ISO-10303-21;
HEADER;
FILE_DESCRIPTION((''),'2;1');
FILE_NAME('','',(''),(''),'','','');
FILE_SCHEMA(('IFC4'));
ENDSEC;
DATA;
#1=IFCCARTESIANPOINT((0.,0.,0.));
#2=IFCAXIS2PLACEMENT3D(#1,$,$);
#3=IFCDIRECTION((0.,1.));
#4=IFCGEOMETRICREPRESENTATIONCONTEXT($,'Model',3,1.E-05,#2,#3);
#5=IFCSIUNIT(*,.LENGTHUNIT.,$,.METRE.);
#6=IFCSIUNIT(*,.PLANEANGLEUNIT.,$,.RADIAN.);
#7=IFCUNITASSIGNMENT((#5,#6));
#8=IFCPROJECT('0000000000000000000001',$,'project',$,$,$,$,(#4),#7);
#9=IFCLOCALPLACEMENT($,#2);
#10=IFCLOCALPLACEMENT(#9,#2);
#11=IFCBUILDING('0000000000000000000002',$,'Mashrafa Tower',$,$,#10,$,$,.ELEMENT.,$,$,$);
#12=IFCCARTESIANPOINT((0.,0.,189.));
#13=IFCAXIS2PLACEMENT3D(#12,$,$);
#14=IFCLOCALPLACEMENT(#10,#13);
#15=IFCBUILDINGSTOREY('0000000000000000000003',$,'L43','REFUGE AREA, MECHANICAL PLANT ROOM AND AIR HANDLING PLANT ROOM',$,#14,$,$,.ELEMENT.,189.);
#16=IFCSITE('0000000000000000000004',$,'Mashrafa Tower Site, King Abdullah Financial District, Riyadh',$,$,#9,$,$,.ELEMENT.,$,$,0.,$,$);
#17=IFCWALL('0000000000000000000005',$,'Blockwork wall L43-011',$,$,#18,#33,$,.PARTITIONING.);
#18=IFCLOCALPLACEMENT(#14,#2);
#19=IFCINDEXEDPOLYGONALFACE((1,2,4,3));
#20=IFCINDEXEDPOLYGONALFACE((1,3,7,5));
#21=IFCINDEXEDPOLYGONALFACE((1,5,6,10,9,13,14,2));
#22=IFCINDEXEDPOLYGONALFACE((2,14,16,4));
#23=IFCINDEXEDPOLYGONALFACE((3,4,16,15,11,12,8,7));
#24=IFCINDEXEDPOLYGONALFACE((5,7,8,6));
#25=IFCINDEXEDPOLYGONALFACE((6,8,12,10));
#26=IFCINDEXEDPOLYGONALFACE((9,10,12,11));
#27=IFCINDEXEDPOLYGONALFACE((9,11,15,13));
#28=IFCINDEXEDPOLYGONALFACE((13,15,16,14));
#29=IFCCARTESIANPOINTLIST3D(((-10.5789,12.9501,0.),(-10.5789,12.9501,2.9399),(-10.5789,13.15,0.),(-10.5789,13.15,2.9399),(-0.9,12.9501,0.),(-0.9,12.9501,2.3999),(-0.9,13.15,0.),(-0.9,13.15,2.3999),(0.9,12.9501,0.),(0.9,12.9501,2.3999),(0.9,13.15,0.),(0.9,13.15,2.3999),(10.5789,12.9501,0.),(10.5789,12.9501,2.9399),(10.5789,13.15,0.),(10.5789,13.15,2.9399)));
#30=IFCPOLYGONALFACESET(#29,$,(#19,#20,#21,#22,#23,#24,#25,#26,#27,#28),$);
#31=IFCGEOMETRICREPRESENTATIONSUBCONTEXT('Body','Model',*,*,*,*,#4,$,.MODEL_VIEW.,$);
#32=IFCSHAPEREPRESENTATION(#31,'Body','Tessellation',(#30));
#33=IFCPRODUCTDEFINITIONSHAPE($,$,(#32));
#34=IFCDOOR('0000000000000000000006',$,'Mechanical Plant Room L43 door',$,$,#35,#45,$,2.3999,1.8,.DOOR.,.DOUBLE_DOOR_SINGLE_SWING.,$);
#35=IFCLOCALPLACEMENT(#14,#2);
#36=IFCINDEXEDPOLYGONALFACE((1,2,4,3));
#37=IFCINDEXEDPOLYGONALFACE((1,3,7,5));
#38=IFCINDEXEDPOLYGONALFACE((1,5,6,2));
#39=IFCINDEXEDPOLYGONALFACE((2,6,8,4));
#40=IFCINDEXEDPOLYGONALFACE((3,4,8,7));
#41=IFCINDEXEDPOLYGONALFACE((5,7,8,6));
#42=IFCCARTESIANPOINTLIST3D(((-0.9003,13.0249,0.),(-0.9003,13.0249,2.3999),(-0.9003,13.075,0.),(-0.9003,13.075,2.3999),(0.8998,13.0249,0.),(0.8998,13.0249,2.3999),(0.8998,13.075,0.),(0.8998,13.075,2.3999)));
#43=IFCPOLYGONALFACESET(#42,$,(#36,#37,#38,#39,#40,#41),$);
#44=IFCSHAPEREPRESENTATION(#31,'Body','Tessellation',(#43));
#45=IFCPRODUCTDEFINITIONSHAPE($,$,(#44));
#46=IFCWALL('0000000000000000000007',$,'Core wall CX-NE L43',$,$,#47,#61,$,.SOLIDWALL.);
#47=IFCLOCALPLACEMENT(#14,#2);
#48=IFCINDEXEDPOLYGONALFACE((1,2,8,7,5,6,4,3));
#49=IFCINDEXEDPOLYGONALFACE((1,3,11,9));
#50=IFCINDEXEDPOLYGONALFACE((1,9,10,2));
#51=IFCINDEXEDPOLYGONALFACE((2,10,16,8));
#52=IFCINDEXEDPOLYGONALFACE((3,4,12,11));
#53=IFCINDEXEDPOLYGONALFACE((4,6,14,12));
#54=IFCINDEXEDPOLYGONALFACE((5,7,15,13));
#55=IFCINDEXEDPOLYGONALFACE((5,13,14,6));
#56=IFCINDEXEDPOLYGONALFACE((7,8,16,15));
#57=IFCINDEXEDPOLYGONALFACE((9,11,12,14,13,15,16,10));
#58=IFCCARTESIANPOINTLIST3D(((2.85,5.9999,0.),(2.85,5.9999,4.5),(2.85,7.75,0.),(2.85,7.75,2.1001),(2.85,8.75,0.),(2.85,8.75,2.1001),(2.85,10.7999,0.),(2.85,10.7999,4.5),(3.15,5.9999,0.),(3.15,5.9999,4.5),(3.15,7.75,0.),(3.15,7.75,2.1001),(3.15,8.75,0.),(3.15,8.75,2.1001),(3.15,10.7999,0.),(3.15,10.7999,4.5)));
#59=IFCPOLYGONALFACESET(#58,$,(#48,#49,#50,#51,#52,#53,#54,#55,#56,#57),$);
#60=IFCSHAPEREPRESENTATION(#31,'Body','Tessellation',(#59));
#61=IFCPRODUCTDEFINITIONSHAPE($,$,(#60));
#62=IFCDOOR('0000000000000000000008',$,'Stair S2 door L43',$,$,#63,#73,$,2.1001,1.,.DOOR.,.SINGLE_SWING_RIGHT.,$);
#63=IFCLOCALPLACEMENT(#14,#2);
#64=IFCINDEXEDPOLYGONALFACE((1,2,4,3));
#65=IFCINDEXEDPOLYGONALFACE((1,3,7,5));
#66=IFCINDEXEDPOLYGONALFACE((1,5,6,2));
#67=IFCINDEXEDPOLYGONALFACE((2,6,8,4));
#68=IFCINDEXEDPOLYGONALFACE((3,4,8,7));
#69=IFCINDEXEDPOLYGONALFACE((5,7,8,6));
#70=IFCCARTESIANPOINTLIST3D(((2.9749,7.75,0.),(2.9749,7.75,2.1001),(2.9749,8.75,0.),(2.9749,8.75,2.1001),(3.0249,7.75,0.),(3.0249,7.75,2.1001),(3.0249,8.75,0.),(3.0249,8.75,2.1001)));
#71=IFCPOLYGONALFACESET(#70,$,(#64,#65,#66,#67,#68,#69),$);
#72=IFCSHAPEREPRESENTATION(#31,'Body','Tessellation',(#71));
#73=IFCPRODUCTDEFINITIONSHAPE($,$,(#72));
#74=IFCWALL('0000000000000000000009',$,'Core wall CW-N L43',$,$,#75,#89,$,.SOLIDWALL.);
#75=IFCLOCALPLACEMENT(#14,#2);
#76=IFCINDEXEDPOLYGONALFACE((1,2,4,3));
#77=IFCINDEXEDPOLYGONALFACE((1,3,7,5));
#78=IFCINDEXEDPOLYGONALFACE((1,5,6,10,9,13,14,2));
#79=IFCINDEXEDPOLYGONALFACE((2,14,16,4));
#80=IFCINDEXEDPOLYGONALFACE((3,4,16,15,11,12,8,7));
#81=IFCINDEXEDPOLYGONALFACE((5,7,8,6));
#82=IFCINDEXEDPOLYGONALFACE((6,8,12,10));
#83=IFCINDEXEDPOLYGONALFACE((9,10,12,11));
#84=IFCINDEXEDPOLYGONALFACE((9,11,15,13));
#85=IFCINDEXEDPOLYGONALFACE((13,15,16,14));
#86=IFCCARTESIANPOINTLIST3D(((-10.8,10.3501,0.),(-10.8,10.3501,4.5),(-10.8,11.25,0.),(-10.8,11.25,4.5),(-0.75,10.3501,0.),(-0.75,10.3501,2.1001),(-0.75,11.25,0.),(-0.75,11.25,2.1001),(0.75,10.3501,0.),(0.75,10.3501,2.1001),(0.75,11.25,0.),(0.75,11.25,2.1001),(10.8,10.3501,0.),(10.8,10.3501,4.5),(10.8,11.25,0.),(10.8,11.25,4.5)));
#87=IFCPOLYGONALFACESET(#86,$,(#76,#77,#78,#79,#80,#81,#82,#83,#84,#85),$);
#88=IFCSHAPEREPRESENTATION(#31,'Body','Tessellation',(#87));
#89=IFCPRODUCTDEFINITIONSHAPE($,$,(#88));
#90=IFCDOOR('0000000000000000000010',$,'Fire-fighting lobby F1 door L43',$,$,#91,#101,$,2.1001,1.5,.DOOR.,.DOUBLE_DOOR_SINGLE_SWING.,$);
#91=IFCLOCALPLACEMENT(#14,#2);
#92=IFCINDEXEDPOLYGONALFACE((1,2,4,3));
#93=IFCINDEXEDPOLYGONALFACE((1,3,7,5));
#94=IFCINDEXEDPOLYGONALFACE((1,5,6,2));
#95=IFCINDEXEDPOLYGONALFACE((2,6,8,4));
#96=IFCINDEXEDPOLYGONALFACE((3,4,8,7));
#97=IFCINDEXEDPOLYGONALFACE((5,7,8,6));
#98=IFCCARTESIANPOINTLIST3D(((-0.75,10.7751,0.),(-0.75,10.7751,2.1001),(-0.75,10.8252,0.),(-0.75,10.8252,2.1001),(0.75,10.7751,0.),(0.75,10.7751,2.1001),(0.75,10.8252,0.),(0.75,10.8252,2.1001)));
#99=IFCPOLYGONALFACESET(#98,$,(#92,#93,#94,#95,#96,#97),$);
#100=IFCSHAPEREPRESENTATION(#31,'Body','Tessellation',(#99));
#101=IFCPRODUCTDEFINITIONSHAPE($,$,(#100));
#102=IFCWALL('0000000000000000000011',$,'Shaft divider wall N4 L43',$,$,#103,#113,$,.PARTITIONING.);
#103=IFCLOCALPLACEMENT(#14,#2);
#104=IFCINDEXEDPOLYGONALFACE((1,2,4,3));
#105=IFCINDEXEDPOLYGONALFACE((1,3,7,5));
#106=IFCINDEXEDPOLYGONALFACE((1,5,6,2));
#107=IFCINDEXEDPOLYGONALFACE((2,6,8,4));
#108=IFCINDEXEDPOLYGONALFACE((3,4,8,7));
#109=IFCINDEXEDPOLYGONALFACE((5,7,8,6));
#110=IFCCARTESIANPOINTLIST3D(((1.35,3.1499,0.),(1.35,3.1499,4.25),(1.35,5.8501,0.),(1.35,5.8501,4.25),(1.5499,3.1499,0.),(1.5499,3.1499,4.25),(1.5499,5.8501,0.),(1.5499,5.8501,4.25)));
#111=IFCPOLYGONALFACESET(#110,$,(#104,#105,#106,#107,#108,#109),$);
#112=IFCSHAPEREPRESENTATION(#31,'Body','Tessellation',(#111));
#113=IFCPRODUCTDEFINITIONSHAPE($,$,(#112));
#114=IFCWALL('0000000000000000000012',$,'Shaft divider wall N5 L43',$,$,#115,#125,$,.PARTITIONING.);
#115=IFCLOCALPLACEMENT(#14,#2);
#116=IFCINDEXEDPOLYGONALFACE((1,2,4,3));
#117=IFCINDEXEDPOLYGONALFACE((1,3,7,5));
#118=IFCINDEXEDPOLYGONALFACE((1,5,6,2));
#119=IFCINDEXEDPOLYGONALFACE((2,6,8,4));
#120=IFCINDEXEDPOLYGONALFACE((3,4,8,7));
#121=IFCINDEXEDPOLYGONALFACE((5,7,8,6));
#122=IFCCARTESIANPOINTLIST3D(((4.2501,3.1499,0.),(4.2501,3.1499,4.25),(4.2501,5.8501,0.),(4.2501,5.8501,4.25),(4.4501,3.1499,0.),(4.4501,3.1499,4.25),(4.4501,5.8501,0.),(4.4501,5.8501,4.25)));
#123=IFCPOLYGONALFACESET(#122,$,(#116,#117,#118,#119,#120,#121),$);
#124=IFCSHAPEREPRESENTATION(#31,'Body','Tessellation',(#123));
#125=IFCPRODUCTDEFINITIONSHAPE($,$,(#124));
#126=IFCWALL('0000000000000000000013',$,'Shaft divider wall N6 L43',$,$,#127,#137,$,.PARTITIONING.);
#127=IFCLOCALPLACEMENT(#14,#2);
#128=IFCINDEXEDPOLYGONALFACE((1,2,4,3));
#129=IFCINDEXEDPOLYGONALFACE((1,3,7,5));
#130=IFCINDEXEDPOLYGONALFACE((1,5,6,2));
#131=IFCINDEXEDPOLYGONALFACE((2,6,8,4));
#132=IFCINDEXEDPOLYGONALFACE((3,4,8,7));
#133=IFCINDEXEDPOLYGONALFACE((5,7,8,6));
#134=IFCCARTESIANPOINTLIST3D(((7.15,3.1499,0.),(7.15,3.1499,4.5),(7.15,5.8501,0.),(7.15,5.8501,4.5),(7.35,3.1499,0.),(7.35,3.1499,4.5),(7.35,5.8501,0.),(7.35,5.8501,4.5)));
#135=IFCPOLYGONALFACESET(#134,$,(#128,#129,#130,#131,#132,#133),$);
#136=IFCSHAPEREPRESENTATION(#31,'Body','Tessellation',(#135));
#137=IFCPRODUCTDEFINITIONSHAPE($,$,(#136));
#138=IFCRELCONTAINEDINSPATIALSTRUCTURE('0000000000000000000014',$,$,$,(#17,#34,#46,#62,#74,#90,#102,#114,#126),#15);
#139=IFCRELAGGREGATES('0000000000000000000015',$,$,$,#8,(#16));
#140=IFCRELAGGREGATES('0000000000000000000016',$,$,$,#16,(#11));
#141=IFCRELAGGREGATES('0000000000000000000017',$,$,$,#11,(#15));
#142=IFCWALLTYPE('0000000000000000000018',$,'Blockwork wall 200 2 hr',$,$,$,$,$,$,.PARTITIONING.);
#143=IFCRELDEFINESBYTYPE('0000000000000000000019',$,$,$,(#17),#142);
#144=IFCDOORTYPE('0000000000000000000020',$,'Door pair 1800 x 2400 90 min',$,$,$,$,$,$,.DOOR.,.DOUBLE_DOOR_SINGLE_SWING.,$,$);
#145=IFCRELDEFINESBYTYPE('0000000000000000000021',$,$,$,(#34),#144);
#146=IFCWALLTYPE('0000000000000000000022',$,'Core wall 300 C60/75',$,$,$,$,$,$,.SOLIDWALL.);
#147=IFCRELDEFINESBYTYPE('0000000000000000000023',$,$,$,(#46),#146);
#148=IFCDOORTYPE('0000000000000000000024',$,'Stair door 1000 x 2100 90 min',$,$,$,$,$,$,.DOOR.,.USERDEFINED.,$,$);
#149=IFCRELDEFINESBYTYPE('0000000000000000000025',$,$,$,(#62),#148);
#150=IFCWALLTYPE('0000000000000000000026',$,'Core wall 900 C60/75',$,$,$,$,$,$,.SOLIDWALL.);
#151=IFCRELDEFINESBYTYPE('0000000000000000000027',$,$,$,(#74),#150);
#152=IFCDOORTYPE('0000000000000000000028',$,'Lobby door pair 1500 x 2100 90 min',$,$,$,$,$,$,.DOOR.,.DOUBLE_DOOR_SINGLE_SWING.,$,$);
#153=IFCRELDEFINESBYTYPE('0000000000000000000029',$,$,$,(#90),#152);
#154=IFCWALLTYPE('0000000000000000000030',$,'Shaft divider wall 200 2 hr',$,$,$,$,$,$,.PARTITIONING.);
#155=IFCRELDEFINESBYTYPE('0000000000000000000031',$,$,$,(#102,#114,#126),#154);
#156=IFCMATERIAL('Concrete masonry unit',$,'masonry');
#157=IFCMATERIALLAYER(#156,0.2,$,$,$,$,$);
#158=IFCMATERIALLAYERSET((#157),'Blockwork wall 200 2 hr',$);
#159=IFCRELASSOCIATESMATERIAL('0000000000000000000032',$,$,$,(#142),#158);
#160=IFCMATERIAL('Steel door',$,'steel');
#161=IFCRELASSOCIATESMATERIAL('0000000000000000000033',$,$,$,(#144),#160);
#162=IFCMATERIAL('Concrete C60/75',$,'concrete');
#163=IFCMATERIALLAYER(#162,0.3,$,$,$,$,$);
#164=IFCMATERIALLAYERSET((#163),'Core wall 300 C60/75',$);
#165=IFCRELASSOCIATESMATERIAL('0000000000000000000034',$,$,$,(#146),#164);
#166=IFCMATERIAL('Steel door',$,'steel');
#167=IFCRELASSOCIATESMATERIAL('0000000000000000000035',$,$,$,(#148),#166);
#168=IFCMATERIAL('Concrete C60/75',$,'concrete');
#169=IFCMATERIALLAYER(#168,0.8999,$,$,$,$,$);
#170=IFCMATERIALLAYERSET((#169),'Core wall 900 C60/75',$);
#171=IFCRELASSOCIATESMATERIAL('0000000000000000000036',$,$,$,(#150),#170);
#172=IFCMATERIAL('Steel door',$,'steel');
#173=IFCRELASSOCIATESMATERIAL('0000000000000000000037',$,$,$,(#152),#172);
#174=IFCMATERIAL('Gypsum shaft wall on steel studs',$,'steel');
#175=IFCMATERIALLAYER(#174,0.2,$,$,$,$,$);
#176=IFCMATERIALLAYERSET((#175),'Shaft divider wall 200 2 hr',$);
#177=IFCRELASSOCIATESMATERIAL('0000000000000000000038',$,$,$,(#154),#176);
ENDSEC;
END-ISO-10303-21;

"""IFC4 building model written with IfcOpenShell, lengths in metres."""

from ifc_helpers import new_model, si_unit, direction, frame, frame_2d, origin, place, context, subcontext, project, spatial, rectangle, extrude, material, layer, layer_set, type_object, element, fill, save


model = new_model("IFC4")

# Units and contexts
model_context = context("Model", 3, precision=1e-05, world=origin(), true_north=direction((0.0, 1.0)))
body_context = subcontext(model_context, "Body", "Model", "MODEL_VIEW")
ifc_project = project(units=[si_unit("LENGTHUNIT", "METRE"), si_unit("PLANEANGLEUNIT", "RADIAN")], contexts=[model_context])

# Site, building, storey
site_placement = place(None, origin())
site = spatial("IfcSite", under=ifc_project, at=site_placement, Name="Mashrafa Tower Site, King Abdullah Financial District, Riyadh", CompositionType="ELEMENT", RefElevation=0.0)
building_placement = place(site_placement, origin())
building = spatial("IfcBuilding", under=site, at=building_placement, Name="Mashrafa Tower", CompositionType="ELEMENT")
storey_placement = place(building_placement, frame((0.0, 0.0, 189.0)))
storey = spatial("IfcBuildingStorey", under=building, at=storey_placement, Name="L43", Description="REFUGE AREA, MECHANICAL PLANT ROOM AND AIR HANDLING PLANT ROOM", CompositionType="ELEMENT", Elevation=189.0)

# Walls, openings, doors
ifc_material_1 = material(Name="Concrete masonry unit", Category="masonry")
ifc_layer_1 = layer(ifc_material_1, 0.2)
ifc_layer_set_1 = layer_set([ifc_layer_1], Name="Blockwork wall 200 2 hr")
wall_type_1 = type_object("IfcWallType", Name="Blockwork wall 200 2 hr", PredefinedType="PARTITIONING", material=ifc_layer_set_1)
wall_1_placement = place(storey_placement, frame((10.5789, 13.05, 0.0), z_axis=(0.0, 0.0, 1.0), x_axis=(-1.0, 0.0, 0.0)))
wall_1 = element("IfcWall", 1, at=wall_1_placement, inside=storey, type_object=wall_type_1, Name="Blockwork wall L43-011", PredefinedType="PARTITIONING", context=body_context, shape_type="SweptSolid", body=[
    extrude(rectangle(XDim=21.1577, YDim=0.2, at=frame_2d((10.5789, 0.0))), origin(), (0.0, 0.0, 1.0), 2.9399),
])
opening_1_placement = place(wall_1_placement, frame((9.679, 0.0, 0.0)))
opening_1 = element("IfcOpeningElement", 2, at=opening_1_placement, cuts=wall_1, PredefinedType="OPENING", context=body_context, shape_type="SweptSolid", body=[
    extrude(rectangle(XDim=1.8, YDim=2.3999, at=frame_2d((0.8999, 1.2))), frame((0.0, 0.1099, 0.0), z_axis=(0.0, -1.0, 0.0), x_axis=(1.0, 0.0, 0.0)), (0.0, 0.0, 1.0), 0.22),
])
ifc_material_2 = material(Name="Steel door", Category="steel")
door_type_1 = type_object("IfcDoorType", Name="Door pair 1800 x 2400 90 min", OperationType="DOUBLE_DOOR_SINGLE_SWING", PredefinedType="DOOR", material=ifc_material_2)
door_1_placement = place(opening_1_placement, frame((1.8, 0.0, 0.0), z_axis=(0.0, 0.0, 1.0), x_axis=(-1.0, 0.0, 0.0)))
door_1 = element("IfcDoor", 3, at=door_1_placement, inside=storey, type_object=door_type_1, Name="Mechanical Plant Room L43 door", OperationType="DOUBLE_DOOR_SINGLE_SWING", OverallHeight=2.3999, OverallWidth=1.8, PredefinedType="DOOR", context=body_context, shape_type="SweptSolid", body=[
    extrude(rectangle(XDim=1.8, YDim=2.3999, at=frame_2d((0.8999, 1.2))), frame((0.0, 0.0249, 0.0), z_axis=(0.0, -1.0, 0.0), x_axis=(1.0, 0.0, 0.0)), (0.0, 0.0, 1.0), 0.05),
])
fill(opening_1, door_1)
ifc_material_3 = material(Name="Concrete C60/75", Category="concrete")
ifc_layer_2 = layer(ifc_material_3, 0.3)
ifc_layer_set_2 = layer_set([ifc_layer_2], Name="Core wall 300 C60/75")
wall_type_2 = type_object("IfcWallType", Name="Core wall 300 C60/75", PredefinedType="SOLIDWALL", material=ifc_layer_set_2)
wall_2_placement = place(storey_placement, frame((3.0, 6.0, 0.0), z_axis=(0.0, 0.0, 1.0), x_axis=(0.0, 1.0, 0.0)))
wall_2 = element("IfcWall", 4, at=wall_2_placement, inside=storey, type_object=wall_type_2, Name="Core wall CX-NE L43", PredefinedType="SOLIDWALL", context=body_context, shape_type="SweptSolid", body=[
    extrude(rectangle(XDim=4.8, YDim=0.3, at=frame_2d((2.3999, 0.0))), origin(), (0.0, 0.0, 1.0), 4.5),
])
opening_2_placement = place(wall_2_placement, frame((1.75, 0.0, 0.0)))
opening_2 = element("IfcOpeningElement", 5, at=opening_2_placement, cuts=wall_2, PredefinedType="OPENING", context=body_context, shape_type="SweptSolid", body=[
    extrude(rectangle(XDim=1.0, YDim=2.1001, at=frame_2d((0.5, 1.05))), frame((0.0, 0.1599, 0.0), z_axis=(0.0, -1.0, 0.0), x_axis=(1.0, 0.0, 0.0)), (0.0, 0.0, 1.0), 0.3201),
])
ifc_material_4 = material(Name="Steel door", Category="steel")
door_type_2 = type_object("IfcDoorType", Name="Stair door 1000 x 2100 90 min", OperationType="USERDEFINED", PredefinedType="DOOR", material=ifc_material_4)
door_2_placement = place(opening_2_placement, frame((1.0, 0.0, 0.0), z_axis=(0.0, 0.0, 1.0), x_axis=(-1.0, 0.0, 0.0)))
door_2 = element("IfcDoor", 6, at=door_2_placement, inside=storey, type_object=door_type_2, Name="Stair S2 door L43", OperationType="SINGLE_SWING_RIGHT", OverallHeight=2.1001, OverallWidth=1.0, PredefinedType="DOOR", context=body_context, shape_type="SweptSolid", body=[
    extrude(rectangle(XDim=1.0, YDim=2.1001, at=frame_2d((0.5, 1.05))), frame((0.0, 0.0249, 0.0), z_axis=(0.0, -1.0, 0.0), x_axis=(1.0, 0.0, 0.0)), (0.0, 0.0, 1.0), 0.05),
])
fill(opening_2, door_2)
ifc_material_5 = material(Name="Concrete C60/75", Category="concrete")
ifc_layer_3 = layer(ifc_material_5, 0.8999)
ifc_layer_set_3 = layer_set([ifc_layer_3], Name="Core wall 900 C60/75")
wall_type_3 = type_object("IfcWallType", Name="Core wall 900 C60/75", PredefinedType="SOLIDWALL", material=ifc_layer_set_3)
wall_3_placement = place(storey_placement, frame((10.8, 10.8, 0.0), z_axis=(0.0, 0.0, 1.0), x_axis=(-1.0, 0.0, 0.0)))
wall_3 = element("IfcWall", 7, at=wall_3_placement, inside=storey, type_object=wall_type_3, Name="Core wall CW-N L43", PredefinedType="SOLIDWALL", context=body_context, shape_type="SweptSolid", body=[
    extrude(rectangle(XDim=21.6001, YDim=0.8999, at=frame_2d((10.8, 0.0))), origin(), (0.0, 0.0, 1.0), 4.5),
])
opening_3_placement = place(wall_3_placement, frame((10.05, 0.0, 0.0)))
opening_3 = element("IfcOpeningElement", 8, at=opening_3_placement, cuts=wall_3, PredefinedType="OPENING", context=body_context, shape_type="SweptSolid", body=[
    extrude(rectangle(XDim=1.5, YDim=2.1001, at=frame_2d((0.75, 1.05))), frame((0.0, 0.46, 0.0), z_axis=(0.0, -1.0, 0.0), x_axis=(1.0, 0.0, 0.0)), (0.0, 0.0, 1.0), 0.9199),
])
ifc_material_6 = material(Name="Steel door", Category="steel")
door_type_3 = type_object("IfcDoorType", Name="Lobby door pair 1500 x 2100 90 min", OperationType="DOUBLE_DOOR_SINGLE_SWING", PredefinedType="DOOR", material=ifc_material_6)
door_3_placement = place(opening_3_placement, origin())
door_3 = element("IfcDoor", 9, at=door_3_placement, inside=storey, type_object=door_type_3, Name="Fire-fighting lobby F1 door L43", OperationType="DOUBLE_DOOR_SINGLE_SWING", OverallHeight=2.1001, OverallWidth=1.5, PredefinedType="DOOR", context=body_context, shape_type="SweptSolid", body=[
    extrude(rectangle(XDim=1.5, YDim=2.1001, at=frame_2d((0.75, 1.05))), frame((0.0, 0.0249, 0.0), z_axis=(0.0, -1.0, 0.0), x_axis=(1.0, 0.0, 0.0)), (0.0, 0.0, 1.0), 0.05),
])
fill(opening_3, door_3)

# Walls
ifc_material_7 = material(Name="Gypsum shaft wall on steel studs", Category="steel")
ifc_layer_4 = layer(ifc_material_7, 0.2)
ifc_layer_set_4 = layer_set([ifc_layer_4], Name="Shaft divider wall 200 2 hr")
wall_type_4 = type_object("IfcWallType", Name="Shaft divider wall 200 2 hr", PredefinedType="PARTITIONING", material=ifc_layer_set_4)
for number, where, z_axis, x_axis, name in (
    (10, (1.45, 3.1499, 0.0), (0.0, 0.0, 1.0), (0.0, 1.0, 0.0), "Shaft divider wall N4 L43"),
    (11, (4.3501, 3.1499, 0.0), (0.0, 0.0, 1.0), (0.0, 1.0, 0.0), "Shaft divider wall N5 L43"),
):
    element("IfcWall", number, at=place(storey_placement, frame(where, z_axis=z_axis, x_axis=x_axis)), inside=storey, type_object=wall_type_4, Name=name, PredefinedType="PARTITIONING", context=body_context, shape_type="SweptSolid", body=[
        extrude(rectangle(XDim=2.7002, YDim=0.2, at=frame_2d((1.3501, 0.0))), origin(), (0.0, 0.0, 1.0), 4.25),
    ])
wall_4_placement = place(storey_placement, frame((7.25, 3.1499, 0.0), z_axis=(0.0, 0.0, 1.0), x_axis=(0.0, 1.0, 0.0)))
element("IfcWall", 12, at=wall_4_placement, inside=storey, type_object=wall_type_4, Name="Shaft divider wall N6 L43", PredefinedType="PARTITIONING", context=body_context, shape_type="SweptSolid", body=[
    extrude(rectangle(XDim=2.7002, YDim=0.2, at=frame_2d((1.3501, 0.0))), origin(), (0.0, 0.0, 1.0), 4.5),
])

save(model, "model.ifc")
